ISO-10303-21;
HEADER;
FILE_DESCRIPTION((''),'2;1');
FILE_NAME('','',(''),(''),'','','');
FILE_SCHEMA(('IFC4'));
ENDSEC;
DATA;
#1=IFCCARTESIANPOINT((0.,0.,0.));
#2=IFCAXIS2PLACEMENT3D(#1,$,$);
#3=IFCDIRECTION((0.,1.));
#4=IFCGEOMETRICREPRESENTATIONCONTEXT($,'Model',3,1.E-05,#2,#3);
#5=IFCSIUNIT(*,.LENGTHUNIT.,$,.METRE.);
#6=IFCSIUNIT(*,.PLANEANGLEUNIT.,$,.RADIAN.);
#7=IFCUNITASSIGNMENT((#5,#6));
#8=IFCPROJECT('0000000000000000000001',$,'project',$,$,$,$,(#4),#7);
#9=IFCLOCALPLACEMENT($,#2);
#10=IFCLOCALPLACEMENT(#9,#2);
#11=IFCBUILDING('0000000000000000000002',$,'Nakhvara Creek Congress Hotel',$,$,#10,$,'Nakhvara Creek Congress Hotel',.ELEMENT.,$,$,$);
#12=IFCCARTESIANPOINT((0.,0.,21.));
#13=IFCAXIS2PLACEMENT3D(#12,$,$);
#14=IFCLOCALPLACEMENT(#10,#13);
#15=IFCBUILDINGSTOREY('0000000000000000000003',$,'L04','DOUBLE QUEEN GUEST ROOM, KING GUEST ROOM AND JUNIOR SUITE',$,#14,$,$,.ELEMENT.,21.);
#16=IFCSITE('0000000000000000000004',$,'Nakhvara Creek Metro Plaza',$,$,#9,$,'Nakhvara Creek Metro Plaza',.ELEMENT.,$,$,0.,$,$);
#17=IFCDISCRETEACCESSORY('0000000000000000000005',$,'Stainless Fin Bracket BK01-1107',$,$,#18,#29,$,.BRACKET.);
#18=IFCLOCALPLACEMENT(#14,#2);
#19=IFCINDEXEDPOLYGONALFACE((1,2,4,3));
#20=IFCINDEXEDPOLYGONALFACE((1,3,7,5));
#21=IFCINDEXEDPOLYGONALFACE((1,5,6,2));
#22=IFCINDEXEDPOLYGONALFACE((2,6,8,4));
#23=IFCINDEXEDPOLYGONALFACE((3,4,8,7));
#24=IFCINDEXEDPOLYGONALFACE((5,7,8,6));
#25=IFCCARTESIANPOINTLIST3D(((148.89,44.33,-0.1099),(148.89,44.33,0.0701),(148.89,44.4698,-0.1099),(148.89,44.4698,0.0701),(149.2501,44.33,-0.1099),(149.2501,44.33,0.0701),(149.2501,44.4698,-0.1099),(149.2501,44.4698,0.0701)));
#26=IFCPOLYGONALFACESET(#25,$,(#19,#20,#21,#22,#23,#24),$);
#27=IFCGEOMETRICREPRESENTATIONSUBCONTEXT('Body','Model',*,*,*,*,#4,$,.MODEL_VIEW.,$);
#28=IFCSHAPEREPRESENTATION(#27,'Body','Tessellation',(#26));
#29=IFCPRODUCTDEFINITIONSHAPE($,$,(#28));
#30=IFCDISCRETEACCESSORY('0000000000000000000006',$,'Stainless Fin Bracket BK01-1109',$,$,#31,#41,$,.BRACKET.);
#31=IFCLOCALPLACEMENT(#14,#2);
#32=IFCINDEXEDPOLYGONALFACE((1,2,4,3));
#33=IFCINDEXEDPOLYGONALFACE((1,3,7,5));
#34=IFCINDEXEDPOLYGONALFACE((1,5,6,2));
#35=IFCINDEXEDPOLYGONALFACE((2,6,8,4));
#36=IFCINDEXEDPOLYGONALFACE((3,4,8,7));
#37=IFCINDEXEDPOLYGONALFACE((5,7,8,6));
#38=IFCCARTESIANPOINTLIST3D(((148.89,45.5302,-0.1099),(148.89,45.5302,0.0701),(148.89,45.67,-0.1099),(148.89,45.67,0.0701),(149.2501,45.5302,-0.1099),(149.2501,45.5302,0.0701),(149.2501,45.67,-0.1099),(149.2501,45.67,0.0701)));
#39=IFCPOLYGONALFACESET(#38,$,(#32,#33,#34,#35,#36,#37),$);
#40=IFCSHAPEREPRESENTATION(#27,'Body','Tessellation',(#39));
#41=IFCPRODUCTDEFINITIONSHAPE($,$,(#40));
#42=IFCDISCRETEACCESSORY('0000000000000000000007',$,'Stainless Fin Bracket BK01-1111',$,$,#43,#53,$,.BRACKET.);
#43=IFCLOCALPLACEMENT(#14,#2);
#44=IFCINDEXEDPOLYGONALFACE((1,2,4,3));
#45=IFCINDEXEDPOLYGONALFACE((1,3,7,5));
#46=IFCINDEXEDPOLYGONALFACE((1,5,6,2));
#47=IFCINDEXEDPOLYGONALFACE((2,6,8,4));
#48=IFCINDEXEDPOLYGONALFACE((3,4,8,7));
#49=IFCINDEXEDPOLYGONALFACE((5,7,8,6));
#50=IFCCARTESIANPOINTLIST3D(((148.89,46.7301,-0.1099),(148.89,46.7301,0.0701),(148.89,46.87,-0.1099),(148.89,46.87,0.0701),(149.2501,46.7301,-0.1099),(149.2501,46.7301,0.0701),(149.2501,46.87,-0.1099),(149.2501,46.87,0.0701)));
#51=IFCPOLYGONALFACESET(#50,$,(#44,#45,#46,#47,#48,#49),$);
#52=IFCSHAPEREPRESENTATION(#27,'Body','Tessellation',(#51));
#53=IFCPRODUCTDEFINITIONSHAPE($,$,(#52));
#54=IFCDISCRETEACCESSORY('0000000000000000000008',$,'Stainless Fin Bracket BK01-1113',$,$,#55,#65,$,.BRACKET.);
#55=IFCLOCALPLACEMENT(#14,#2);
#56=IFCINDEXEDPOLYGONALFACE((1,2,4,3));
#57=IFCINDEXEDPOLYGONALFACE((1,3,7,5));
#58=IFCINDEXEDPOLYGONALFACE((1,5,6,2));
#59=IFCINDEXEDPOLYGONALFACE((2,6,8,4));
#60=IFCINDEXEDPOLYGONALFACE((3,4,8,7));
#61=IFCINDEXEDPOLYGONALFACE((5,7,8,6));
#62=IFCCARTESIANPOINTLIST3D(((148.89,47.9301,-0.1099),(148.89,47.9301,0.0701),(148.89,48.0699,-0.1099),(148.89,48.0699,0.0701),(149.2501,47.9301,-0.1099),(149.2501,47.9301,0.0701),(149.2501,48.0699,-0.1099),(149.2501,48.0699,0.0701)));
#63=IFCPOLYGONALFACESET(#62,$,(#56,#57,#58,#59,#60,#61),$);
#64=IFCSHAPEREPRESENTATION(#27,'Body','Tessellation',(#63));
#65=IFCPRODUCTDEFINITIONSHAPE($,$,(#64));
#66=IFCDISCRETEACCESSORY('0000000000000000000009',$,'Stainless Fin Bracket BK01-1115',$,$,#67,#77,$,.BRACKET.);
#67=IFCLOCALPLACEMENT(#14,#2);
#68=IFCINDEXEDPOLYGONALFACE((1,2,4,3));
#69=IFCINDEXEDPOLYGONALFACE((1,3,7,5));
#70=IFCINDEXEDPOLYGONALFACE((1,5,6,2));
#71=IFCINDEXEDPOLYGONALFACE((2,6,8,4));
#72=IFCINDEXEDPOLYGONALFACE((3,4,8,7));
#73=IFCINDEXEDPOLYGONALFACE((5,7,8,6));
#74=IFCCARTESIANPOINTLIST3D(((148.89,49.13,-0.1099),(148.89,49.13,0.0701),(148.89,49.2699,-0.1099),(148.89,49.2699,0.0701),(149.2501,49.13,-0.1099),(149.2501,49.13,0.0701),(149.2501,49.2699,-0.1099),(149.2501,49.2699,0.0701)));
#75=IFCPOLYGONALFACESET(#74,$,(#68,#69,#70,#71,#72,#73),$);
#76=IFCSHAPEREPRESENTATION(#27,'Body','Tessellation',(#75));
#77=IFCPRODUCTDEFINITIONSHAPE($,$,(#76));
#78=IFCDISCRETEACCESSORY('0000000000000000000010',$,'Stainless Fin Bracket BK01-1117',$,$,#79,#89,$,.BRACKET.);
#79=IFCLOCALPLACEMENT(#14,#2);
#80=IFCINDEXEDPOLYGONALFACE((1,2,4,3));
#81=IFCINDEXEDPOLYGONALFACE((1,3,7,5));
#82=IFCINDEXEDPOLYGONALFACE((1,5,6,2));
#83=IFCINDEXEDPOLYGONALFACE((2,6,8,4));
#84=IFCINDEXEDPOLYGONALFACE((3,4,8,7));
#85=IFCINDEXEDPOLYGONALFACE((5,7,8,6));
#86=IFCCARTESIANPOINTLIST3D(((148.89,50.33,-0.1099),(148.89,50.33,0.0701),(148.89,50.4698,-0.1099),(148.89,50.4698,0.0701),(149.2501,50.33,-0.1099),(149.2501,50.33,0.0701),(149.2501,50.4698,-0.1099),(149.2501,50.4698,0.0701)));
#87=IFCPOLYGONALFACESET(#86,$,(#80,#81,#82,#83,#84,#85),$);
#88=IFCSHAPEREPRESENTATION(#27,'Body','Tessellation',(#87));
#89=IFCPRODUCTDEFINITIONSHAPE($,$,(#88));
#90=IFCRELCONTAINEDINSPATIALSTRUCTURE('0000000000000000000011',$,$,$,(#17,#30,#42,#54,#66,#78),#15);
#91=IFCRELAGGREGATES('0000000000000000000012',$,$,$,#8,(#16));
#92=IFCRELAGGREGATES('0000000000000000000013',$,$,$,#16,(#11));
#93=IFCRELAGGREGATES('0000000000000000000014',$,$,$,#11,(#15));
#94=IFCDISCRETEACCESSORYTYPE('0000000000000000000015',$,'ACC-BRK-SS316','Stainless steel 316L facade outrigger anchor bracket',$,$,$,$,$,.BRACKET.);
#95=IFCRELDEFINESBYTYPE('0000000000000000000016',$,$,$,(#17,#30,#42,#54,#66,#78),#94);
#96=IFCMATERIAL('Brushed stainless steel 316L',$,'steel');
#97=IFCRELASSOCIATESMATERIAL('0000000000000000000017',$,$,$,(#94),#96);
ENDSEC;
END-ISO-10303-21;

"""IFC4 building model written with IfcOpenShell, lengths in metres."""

from ifc_helpers import new_model, si_unit, direction, frame, origin, origin_2d, place, context, subcontext, project, spatial, rectangle, extrude, material, type_object, element, save


model = new_model("IFC4")

# Units and contexts
model_context = context("Model", 3, precision=1e-05, world=origin(), true_north=direction((0.0, 1.0)))
body_context = subcontext(model_context, "Body", "Model", "MODEL_VIEW")
ifc_project = project(units=[si_unit("LENGTHUNIT", "METRE"), si_unit("PLANEANGLEUNIT", "RADIAN")], contexts=[model_context])

# Site, building, storey
site_placement = place(None, origin())
site = spatial("IfcSite", under=ifc_project, at=site_placement, Name="Nakhvara Creek Metro Plaza", LongName="Nakhvara Creek Metro Plaza", CompositionType="ELEMENT", RefElevation=0.0)
building_placement = place(site_placement, origin())
building = spatial("IfcBuilding", under=site, at=building_placement, Name="Nakhvara Creek Congress Hotel", LongName="Nakhvara Creek Congress Hotel", CompositionType="ELEMENT")
storey_placement = place(building_placement, frame((0.0, 0.0, 21.0)))
storey = spatial("IfcBuildingStorey", under=building, at=storey_placement, Name="L04", Description="DOUBLE QUEEN GUEST ROOM, KING GUEST ROOM AND JUNIOR SUITE", CompositionType="ELEMENT", Elevation=21.0)

# Discrete accessories
ifc_material_1 = material(Name="Brushed stainless steel 316L", Category="steel")
discrete_accessory_type = type_object("IfcDiscreteAccessoryType", Name="ACC-BRK-SS316", Description="Stainless steel 316L facade outrigger anchor bracket", PredefinedType="BRACKET", material=ifc_material_1)
for number, where, z_axis, x_axis, name in (
    (1, (149.0701, 44.3999, -0.1099), (0.0, 0.0, 1.0), (0.0, 1.0, 0.0), "Stainless Fin Bracket BK01-1107"),
    (2, (149.0701, 45.6001, -0.1099), (0.0, 0.0, 1.0), (0.0, 1.0, 0.0), "Stainless Fin Bracket BK01-1109"),
    (3, (149.0701, 46.8, -0.1099), (0.0, 0.0, 1.0), (0.0, 1.0, 0.0), "Stainless Fin Bracket BK01-1111"),
    (4, (149.0701, 48.0, -0.1099), (0.0, 0.0, 1.0), (0.0, 1.0, 0.0), "Stainless Fin Bracket BK01-1113"),
    (5, (149.0701, 49.2, -0.1099), (0.0, 0.0, 1.0), (0.0, 1.0, 0.0), "Stainless Fin Bracket BK01-1115"),
    (6, (149.0701, 50.3999, -0.1099), (0.0, 0.0, 1.0), (0.0, 1.0, 0.0), "Stainless Fin Bracket BK01-1117"),
):
    element("IfcDiscreteAccessory", number, at=place(storey_placement, frame(where, z_axis=z_axis, x_axis=x_axis)), inside=storey, type_object=discrete_accessory_type, Name=name, PredefinedType="BRACKET", context=body_context, shape_type="SweptSolid", body=[
        extrude(rectangle(XDim=0.1399, YDim=0.3601, at=origin_2d()), origin(), (0.0, 0.0, 1.0), 0.1799),
    ])

save(model, "model.ifc")
